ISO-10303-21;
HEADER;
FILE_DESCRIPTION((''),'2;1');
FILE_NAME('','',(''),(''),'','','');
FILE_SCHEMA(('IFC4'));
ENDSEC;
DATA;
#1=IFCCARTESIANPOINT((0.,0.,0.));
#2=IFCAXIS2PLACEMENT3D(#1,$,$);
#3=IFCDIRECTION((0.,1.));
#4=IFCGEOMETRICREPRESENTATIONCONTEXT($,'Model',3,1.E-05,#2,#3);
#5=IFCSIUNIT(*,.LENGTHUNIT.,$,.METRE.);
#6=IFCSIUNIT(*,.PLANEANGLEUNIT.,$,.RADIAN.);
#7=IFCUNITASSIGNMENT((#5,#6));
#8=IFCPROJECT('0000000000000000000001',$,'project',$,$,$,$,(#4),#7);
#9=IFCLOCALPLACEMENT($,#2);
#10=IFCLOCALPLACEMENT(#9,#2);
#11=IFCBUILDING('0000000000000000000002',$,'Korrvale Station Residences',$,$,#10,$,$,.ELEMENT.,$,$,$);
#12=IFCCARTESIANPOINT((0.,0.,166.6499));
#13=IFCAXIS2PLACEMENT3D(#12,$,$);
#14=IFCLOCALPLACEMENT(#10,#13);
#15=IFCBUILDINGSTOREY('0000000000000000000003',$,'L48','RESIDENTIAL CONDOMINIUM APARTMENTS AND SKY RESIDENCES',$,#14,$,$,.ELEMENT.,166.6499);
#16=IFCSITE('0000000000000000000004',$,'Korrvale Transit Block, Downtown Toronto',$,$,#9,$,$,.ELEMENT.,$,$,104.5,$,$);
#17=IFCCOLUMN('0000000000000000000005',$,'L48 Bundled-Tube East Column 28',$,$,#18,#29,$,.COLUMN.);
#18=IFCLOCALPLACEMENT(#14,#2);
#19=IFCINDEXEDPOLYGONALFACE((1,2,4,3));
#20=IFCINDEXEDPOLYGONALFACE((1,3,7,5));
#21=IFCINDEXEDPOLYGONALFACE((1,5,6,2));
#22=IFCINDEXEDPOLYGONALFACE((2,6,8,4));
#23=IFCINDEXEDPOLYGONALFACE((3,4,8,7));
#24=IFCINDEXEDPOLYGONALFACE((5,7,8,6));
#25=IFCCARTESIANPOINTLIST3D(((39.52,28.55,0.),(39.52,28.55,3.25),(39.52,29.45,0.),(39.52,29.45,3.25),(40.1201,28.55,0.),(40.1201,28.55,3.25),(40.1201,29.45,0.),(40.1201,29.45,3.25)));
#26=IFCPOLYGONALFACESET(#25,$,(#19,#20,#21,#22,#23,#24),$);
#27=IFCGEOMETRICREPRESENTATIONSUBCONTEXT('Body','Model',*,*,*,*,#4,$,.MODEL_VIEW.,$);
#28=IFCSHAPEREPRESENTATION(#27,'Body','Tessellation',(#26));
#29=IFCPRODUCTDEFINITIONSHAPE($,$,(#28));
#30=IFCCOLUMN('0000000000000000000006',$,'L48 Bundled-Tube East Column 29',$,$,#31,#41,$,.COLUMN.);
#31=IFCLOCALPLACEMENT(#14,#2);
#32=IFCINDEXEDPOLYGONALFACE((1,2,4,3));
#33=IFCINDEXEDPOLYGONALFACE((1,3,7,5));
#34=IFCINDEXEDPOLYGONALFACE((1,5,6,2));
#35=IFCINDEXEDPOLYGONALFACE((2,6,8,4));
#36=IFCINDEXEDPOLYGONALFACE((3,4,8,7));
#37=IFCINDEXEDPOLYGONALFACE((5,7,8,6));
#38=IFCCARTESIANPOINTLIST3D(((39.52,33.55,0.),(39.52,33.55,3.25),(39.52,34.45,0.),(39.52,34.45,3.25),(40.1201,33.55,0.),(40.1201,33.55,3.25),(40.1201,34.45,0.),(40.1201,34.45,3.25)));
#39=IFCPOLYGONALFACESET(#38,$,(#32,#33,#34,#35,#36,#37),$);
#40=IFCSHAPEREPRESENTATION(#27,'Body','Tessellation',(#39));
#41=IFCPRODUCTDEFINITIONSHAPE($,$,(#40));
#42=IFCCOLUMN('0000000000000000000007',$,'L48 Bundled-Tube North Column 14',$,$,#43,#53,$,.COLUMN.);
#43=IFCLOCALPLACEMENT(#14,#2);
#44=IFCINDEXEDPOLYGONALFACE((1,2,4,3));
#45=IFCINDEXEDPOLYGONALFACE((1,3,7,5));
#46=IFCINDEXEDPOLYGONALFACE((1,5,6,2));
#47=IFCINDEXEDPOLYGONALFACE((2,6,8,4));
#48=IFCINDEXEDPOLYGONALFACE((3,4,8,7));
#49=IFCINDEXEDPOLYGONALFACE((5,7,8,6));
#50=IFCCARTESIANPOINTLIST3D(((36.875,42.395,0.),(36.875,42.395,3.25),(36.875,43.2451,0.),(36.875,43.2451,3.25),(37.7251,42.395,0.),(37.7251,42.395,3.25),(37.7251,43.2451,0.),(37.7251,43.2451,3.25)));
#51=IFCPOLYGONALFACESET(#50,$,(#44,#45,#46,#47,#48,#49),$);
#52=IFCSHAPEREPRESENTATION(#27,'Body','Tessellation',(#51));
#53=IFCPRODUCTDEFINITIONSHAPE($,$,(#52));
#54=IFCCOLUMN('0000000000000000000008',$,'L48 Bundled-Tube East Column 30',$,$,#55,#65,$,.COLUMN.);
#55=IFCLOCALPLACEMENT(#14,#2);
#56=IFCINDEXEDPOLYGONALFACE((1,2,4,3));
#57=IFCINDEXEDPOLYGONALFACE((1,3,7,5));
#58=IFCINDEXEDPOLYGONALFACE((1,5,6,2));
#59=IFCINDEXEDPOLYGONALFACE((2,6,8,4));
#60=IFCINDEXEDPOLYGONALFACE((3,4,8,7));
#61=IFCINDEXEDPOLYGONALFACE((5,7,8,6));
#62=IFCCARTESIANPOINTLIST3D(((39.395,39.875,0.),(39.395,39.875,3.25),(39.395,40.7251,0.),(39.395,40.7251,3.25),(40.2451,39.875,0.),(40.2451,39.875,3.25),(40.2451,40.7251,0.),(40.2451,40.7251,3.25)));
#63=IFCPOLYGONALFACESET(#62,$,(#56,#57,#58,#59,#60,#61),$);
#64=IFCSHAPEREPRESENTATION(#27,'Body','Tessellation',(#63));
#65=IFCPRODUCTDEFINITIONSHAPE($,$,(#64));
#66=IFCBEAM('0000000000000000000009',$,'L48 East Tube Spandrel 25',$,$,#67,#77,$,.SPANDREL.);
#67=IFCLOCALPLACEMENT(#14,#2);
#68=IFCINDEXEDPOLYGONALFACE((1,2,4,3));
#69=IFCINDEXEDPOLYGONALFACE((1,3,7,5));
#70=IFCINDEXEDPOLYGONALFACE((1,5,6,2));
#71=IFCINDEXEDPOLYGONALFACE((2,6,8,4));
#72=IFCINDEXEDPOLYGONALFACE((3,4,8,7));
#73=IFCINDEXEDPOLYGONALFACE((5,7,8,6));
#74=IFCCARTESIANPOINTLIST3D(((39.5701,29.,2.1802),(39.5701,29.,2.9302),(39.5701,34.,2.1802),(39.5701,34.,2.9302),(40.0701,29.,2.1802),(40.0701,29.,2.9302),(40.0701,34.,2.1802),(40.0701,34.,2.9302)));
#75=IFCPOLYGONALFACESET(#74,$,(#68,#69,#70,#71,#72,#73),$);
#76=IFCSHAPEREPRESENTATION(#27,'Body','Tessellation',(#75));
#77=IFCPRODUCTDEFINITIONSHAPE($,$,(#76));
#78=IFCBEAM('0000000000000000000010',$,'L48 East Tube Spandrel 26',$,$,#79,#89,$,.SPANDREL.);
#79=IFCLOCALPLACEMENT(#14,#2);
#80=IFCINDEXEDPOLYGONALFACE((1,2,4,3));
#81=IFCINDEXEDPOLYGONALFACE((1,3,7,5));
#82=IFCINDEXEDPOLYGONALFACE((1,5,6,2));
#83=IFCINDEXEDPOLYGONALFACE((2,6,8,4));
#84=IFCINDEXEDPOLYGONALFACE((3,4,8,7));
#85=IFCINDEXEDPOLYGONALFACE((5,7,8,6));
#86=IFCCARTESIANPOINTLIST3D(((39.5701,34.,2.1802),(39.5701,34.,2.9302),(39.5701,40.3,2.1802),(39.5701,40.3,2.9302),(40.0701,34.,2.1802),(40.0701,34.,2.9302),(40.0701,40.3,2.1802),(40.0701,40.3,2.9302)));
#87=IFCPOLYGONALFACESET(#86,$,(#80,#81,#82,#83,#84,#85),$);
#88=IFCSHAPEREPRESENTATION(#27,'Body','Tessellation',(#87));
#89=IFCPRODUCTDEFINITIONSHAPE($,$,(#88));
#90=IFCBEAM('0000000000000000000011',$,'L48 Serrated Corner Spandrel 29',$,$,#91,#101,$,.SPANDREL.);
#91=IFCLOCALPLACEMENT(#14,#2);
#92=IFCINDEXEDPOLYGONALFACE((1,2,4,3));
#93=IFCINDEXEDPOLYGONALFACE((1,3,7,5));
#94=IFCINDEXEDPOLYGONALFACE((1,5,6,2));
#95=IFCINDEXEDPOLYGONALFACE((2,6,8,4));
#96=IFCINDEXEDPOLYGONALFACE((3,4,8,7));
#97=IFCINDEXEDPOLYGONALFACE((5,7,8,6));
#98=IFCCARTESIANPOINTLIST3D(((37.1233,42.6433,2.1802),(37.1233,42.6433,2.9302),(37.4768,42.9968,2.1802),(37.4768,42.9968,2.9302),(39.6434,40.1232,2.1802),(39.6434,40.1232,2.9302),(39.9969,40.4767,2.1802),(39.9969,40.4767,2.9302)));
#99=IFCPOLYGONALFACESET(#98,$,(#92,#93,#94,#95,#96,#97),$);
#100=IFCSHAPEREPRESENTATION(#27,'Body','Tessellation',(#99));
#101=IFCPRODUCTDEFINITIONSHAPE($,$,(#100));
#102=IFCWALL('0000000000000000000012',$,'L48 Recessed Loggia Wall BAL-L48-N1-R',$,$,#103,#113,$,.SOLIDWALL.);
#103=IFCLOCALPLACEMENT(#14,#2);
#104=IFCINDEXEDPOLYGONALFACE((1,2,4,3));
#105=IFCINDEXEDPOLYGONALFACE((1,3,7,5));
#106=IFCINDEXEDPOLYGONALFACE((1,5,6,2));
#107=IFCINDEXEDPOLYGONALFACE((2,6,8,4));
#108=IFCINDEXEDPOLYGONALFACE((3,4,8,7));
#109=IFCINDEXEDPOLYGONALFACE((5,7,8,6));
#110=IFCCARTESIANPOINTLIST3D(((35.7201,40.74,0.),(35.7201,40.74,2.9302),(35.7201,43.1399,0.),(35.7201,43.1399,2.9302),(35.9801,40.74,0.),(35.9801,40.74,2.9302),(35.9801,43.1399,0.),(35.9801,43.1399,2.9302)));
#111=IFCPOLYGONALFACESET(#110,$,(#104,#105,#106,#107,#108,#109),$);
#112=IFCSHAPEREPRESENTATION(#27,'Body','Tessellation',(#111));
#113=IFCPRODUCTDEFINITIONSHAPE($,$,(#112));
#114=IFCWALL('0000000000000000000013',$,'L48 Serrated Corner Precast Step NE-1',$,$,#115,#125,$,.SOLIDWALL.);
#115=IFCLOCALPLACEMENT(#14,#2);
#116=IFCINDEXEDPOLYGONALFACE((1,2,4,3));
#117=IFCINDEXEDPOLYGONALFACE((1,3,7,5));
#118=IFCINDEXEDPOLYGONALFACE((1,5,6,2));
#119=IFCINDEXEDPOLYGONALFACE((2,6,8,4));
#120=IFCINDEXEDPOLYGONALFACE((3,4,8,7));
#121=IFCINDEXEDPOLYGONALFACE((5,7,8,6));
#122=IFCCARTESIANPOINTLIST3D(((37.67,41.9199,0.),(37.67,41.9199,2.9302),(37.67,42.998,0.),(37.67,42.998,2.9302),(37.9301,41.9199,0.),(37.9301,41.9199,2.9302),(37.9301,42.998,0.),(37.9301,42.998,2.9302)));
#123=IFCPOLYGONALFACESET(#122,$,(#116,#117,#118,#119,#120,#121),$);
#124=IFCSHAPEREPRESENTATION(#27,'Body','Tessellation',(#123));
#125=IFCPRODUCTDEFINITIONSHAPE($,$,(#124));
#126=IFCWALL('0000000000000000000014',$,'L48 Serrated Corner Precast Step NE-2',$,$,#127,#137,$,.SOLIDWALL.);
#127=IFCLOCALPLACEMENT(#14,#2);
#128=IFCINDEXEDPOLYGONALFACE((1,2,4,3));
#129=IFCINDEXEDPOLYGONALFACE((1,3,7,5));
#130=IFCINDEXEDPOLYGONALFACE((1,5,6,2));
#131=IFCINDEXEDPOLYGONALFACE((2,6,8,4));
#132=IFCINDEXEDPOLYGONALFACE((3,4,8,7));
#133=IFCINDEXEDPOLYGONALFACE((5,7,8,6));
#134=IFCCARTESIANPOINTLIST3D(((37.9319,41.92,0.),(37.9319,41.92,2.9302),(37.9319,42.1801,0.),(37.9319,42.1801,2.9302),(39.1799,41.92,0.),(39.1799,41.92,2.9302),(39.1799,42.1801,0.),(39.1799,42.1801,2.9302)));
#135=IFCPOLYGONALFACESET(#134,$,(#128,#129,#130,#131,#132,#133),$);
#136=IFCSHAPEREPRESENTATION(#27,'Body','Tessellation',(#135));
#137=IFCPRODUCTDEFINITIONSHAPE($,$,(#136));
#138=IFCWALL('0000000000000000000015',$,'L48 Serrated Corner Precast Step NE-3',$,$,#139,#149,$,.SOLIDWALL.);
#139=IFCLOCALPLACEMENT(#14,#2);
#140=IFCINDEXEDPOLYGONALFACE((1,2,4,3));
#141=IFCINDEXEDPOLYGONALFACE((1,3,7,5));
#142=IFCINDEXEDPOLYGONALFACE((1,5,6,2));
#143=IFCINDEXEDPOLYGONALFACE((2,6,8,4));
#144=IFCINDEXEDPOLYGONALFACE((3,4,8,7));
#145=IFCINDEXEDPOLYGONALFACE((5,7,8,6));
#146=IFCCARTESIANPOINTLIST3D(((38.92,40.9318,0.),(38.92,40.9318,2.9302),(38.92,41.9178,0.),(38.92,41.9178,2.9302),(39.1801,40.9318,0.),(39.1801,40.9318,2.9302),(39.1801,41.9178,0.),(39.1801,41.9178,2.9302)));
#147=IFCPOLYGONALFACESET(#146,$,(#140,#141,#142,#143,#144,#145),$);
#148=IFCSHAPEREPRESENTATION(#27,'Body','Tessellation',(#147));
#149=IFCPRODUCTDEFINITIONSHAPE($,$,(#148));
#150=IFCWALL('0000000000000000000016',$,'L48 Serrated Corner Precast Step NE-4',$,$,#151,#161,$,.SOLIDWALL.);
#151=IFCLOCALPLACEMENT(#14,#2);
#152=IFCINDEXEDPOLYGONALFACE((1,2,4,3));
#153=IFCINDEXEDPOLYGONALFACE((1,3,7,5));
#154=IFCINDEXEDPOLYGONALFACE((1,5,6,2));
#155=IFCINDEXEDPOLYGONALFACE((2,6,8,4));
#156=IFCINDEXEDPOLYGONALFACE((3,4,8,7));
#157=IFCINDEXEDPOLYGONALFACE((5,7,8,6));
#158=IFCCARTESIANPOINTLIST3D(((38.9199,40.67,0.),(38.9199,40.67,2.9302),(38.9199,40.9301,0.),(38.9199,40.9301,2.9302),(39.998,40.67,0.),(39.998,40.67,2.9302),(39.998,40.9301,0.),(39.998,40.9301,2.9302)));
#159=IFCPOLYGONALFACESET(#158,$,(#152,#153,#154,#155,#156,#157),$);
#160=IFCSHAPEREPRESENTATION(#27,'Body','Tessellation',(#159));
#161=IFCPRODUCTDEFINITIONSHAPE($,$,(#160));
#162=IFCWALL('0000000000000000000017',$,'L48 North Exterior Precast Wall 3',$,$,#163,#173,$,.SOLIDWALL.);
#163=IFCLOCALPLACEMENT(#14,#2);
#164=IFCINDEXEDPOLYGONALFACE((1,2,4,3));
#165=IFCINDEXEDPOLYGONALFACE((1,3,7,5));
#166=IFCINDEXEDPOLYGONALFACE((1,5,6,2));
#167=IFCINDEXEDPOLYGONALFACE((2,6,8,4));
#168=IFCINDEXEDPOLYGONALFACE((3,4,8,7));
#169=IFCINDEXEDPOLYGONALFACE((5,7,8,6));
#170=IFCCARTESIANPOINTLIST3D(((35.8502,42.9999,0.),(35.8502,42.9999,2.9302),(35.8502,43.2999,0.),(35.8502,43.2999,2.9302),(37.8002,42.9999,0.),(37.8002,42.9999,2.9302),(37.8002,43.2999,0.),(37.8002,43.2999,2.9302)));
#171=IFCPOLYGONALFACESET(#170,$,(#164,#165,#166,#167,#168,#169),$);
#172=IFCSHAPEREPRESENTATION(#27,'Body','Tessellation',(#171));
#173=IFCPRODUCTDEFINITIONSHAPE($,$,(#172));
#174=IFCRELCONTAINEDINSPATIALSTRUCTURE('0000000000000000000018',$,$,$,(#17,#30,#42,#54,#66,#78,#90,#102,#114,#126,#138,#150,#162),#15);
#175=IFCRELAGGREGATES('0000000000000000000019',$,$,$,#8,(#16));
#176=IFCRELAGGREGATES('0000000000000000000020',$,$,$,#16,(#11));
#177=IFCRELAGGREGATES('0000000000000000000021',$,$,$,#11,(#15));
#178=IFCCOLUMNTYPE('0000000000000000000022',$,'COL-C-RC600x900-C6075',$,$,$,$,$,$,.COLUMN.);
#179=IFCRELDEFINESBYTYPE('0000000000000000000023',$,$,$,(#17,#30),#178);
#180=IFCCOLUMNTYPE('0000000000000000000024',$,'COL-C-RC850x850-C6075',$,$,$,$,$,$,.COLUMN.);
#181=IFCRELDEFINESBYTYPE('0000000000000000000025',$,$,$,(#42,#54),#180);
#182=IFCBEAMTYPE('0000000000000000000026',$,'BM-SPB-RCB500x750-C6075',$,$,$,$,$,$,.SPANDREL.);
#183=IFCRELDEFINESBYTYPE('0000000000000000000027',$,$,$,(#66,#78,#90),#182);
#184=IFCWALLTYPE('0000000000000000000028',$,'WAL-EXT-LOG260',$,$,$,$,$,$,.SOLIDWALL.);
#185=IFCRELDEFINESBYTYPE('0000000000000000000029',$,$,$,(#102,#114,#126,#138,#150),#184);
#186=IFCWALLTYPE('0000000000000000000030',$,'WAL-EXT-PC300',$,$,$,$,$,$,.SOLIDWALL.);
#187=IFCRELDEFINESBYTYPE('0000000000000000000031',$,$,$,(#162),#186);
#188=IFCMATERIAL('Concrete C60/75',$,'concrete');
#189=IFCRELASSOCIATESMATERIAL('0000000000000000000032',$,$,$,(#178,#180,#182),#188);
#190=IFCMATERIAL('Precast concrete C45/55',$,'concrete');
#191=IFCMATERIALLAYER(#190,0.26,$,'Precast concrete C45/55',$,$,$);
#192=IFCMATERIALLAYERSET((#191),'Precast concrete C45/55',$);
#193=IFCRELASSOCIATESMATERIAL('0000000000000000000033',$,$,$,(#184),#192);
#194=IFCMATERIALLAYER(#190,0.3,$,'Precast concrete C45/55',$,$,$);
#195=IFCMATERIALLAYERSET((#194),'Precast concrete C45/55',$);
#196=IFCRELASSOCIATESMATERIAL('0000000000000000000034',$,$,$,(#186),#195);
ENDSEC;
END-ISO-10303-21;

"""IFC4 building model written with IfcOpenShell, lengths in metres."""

from ifc_helpers import new_model, si_unit, direction, frame, frame_2d, origin, origin_2d, place, context, subcontext, project, spatial, rectangle, extrude, material, layer, layer_set, material_profile, profile_set, type_object, element, save


model = new_model("IFC4")

# Units and contexts
model_context = context("Model", 3, precision=1e-05, world=origin(), true_north=direction((0.0, 1.0)))
body_context = subcontext(model_context, "Body", "Model", "MODEL_VIEW")
ifc_project = project(units=[si_unit("LENGTHUNIT", "METRE"), si_unit("PLANEANGLEUNIT", "RADIAN")], contexts=[model_context])

# Site, building, storey
site_placement = place(None, origin())
site = spatial("IfcSite", under=ifc_project, at=site_placement, Name="Korrvale Transit Block, Downtown Toronto", CompositionType="ELEMENT", RefElevation=104.5)
building_placement = place(site_placement, origin())
building = spatial("IfcBuilding", under=site, at=building_placement, Name="Korrvale Station Residences", CompositionType="ELEMENT")
storey_placement = place(building_placement, frame((0.0, 0.0, 166.6499)))
storey = spatial("IfcBuildingStorey", under=building, at=storey_placement, Name="L48", Description="RESIDENTIAL CONDOMINIUM APARTMENTS AND SKY RESIDENCES", CompositionType="ELEMENT", Elevation=166.6499)

# Columns
ifc_material_1 = material(Name="Concrete C60/75", Category="concrete")
ifc_material_profile_1 = material_profile(ifc_material_1, rectangle(XDim=0.6001, YDim=0.8999, at=origin_2d()), Name="RC600x900")
ifc_profile_set_1 = profile_set([ifc_material_profile_1], Name="Concrete C60/75")
column_type_1 = type_object("IfcColumnType", Name="COL-C-RC600x900-C6075", PredefinedType="COLUMN", material=ifc_profile_set_1)
for number, where, z_axis, x_axis, name in (
    (1, (39.8201, 29.0, 0.0), (0.0, 0.0, 1.0), (1.0, 0.0, 0.0), "L48 Bundled-Tube East Column 28"),
    (2, (39.8201, 34.0, 0.0), (0.0, 0.0, 1.0), (1.0, 0.0, 0.0), "L48 Bundled-Tube East Column 29"),
):
    element("IfcColumn", number, at=place(storey_placement, frame(where, z_axis=z_axis, x_axis=x_axis)), inside=storey, type_object=column_type_1, Name=name, PredefinedType="COLUMN", context=body_context, shape_type="SweptSolid", body=[
        extrude(rectangle(XDim=0.6001, YDim=0.8999, at=origin_2d()), origin(), (0.0, 0.0, 1.0), 3.25),
    ])
ifc_material_profile_2 = material_profile(ifc_material_1, rectangle(XDim=0.8501, YDim=0.8501, at=origin_2d()), Name="RC850x850")
ifc_profile_set_2 = profile_set([ifc_material_profile_2], Name="Concrete C60/75")
column_type_2 = type_object("IfcColumnType", Name="COL-C-RC850x850-C6075", PredefinedType="COLUMN", material=ifc_profile_set_2)
for number, where, z_axis, x_axis, name in (
    (3, (37.3, 42.8201, 0.0), (0.0, 0.0, 1.0), (1.0, 0.0, 0.0), "L48 Bundled-Tube North Column 14"),
    (4, (39.8201, 40.3, 0.0), (0.0, 0.0, 1.0), (1.0, 0.0, 0.0), "L48 Bundled-Tube East Column 30"),
):
    element("IfcColumn", number, at=place(storey_placement, frame(where, z_axis=z_axis, x_axis=x_axis)), inside=storey, type_object=column_type_2, Name=name, PredefinedType="COLUMN", context=body_context, shape_type="SweptSolid", body=[
        extrude(rectangle(XDim=0.8501, YDim=0.8501, at=origin_2d()), origin(), (0.0, 0.0, 1.0), 3.25),
    ])

# Beams
ifc_material_profile_3 = material_profile(ifc_material_1, rectangle(XDim=0.5, YDim=0.75, at=origin_2d()), Name="RCB500x750")
ifc_profile_set_3 = profile_set([ifc_material_profile_3], Name="Concrete C60/75")
beam_type = type_object("IfcBeamType", Name="BM-SPB-RCB500x750-C6075", PredefinedType="SPANDREL", material=ifc_profile_set_3)
beam_1_placement = place(storey_placement, frame((39.8201, 29.0, 2.5552), z_axis=(0.0, 1.0, 0.0), x_axis=(-1.0, 0.0, 0.0)))
element("IfcBeam", 5, at=beam_1_placement, inside=storey, type_object=beam_type, Name="L48 East Tube Spandrel 25", PredefinedType="SPANDREL", context=body_context, shape_type="SweptSolid", body=[
    extrude(rectangle(XDim=0.5, YDim=0.75, at=origin_2d()), origin(), (0.0, 0.0, 1.0), 5.0),
])
beam_2_placement = place(storey_placement, frame((39.8201, 34.0, 2.5552), z_axis=(0.0, 1.0, 0.0), x_axis=(-1.0, 0.0, 0.0)))
element("IfcBeam", 6, at=beam_2_placement, inside=storey, type_object=beam_type, Name="L48 East Tube Spandrel 26", PredefinedType="SPANDREL", context=body_context, shape_type="SweptSolid", body=[
    extrude(rectangle(XDim=0.5, YDim=0.75, at=origin_2d()), origin(), (0.0, 0.0, 1.0), 6.3),
])
beam_3_placement = place(storey_placement, frame((37.3, 42.8201, 2.5552), z_axis=(0.707107, -0.707107, 0.0), x_axis=(0.707107, 0.707107, 0.0)))
element("IfcBeam", 7, at=beam_3_placement, inside=storey, type_object=beam_type, Name="L48 Serrated Corner Spandrel 29", PredefinedType="SPANDREL", context=body_context, shape_type="SweptSolid", body=[
    extrude(rectangle(XDim=0.5, YDim=0.75, at=origin_2d()), origin(), (0.0, 0.0, 1.0), 3.564),
])

# Walls
ifc_material_2 = material(Name="Precast concrete C45/55", Category="concrete")
ifc_layer_1 = layer(ifc_material_2, 0.26, Name="Precast concrete C45/55")
ifc_layer_set_1 = layer_set([ifc_layer_1], Name="Precast concrete C45/55")
wall_type_1 = type_object("IfcWallType", Name="WAL-EXT-LOG260", PredefinedType="SOLIDWALL", material=ifc_layer_set_1)
wall_1_placement = place(storey_placement, frame((35.8501, 40.74, 0.0), z_axis=(0.0, 0.0, 1.0), x_axis=(0.0, 1.0, 0.0)))
element("IfcWall", 8, at=wall_1_placement, inside=storey, type_object=wall_type_1, Name="L48 Recessed Loggia Wall BAL-L48-N1-R", PredefinedType="SOLIDWALL", context=body_context, shape_type="SweptSolid", body=[
    extrude(rectangle(XDim=2.3999, YDim=0.26, at=frame_2d((1.2, 0.0))), origin(), (0.0, 0.0, 1.0), 2.9302),
])
wall_2_placement = place(storey_placement, frame((37.8, 42.998, 0.0), z_axis=(0.0, 0.0, 1.0), x_axis=(0.0, -1.0, 0.0)))
element("IfcWall", 9, at=wall_2_placement, inside=storey, type_object=wall_type_1, Name="L48 Serrated Corner Precast Step NE-1", PredefinedType="SOLIDWALL", context=body_context, shape_type="SweptSolid", body=[
    extrude(rectangle(XDim=1.0781, YDim=0.26, at=frame_2d((0.5391, 0.0))), origin(), (0.0, 0.0, 1.0), 2.9302),
])
wall_3_placement = place(storey_placement, frame((37.9319, 42.05, 0.0), z_axis=(0.0, 0.0, 1.0), x_axis=(1.0, 0.0, 0.0)))
element("IfcWall", 10, at=wall_3_placement, inside=storey, type_object=wall_type_1, Name="L48 Serrated Corner Precast Step NE-2", PredefinedType="SOLIDWALL", context=body_context, shape_type="SweptSolid", body=[
    extrude(rectangle(XDim=1.248, YDim=0.26, at=frame_2d((0.624, 0.0))), origin(), (0.0, 0.0, 1.0), 2.9302),
])
wall_4_placement = place(storey_placement, frame((39.05, 41.918, 0.0), z_axis=(0.0, 0.0, 1.0), x_axis=(0.0, -1.0, 0.0)))
element("IfcWall", 11, at=wall_4_placement, inside=storey, type_object=wall_type_1, Name="L48 Serrated Corner Precast Step NE-3", PredefinedType="SOLIDWALL", context=body_context, shape_type="SweptSolid", body=[
    extrude(rectangle(XDim=0.9861, YDim=0.26, at=frame_2d((0.4932, 0.0))), origin(), (0.0, 0.0, 1.0), 2.9302),
])
wall_5_placement = place(storey_placement, frame((38.9199, 40.8, 0.0), z_axis=(0.0, 0.0, 1.0), x_axis=(1.0, 0.0, 0.0)))
element("IfcWall", 12, at=wall_5_placement, inside=storey, type_object=wall_type_1, Name="L48 Serrated Corner Precast Step NE-4", PredefinedType="SOLIDWALL", context=body_context, shape_type="SweptSolid", body=[
    extrude(rectangle(XDim=1.0781, YDim=0.26, at=frame_2d((0.5391, 0.0))), origin(), (0.0, 0.0, 1.0), 2.9302),
])
ifc_layer_2 = layer(ifc_material_2, 0.3, Name="Precast concrete C45/55")
ifc_layer_set_2 = layer_set([ifc_layer_2], Name="Precast concrete C45/55")
wall_type_2 = type_object("IfcWallType", Name="WAL-EXT-PC300", PredefinedType="SOLIDWALL", material=ifc_layer_set_2)
wall_6_placement = place(storey_placement, frame((35.8501, 43.1499, 0.0), z_axis=(0.0, 0.0, 1.0), x_axis=(1.0, 0.0, 0.0)))
element("IfcWall", 13, at=wall_6_placement, inside=storey, type_object=wall_type_2, Name="L48 North Exterior Precast Wall 3", PredefinedType="SOLIDWALL", context=body_context, shape_type="SweptSolid", body=[
    extrude(rectangle(XDim=1.95, YDim=0.3, at=frame_2d((0.9751, 0.0))), origin(), (0.0, 0.0, 1.0), 2.9302),
])

save(model, "model.ifc")
